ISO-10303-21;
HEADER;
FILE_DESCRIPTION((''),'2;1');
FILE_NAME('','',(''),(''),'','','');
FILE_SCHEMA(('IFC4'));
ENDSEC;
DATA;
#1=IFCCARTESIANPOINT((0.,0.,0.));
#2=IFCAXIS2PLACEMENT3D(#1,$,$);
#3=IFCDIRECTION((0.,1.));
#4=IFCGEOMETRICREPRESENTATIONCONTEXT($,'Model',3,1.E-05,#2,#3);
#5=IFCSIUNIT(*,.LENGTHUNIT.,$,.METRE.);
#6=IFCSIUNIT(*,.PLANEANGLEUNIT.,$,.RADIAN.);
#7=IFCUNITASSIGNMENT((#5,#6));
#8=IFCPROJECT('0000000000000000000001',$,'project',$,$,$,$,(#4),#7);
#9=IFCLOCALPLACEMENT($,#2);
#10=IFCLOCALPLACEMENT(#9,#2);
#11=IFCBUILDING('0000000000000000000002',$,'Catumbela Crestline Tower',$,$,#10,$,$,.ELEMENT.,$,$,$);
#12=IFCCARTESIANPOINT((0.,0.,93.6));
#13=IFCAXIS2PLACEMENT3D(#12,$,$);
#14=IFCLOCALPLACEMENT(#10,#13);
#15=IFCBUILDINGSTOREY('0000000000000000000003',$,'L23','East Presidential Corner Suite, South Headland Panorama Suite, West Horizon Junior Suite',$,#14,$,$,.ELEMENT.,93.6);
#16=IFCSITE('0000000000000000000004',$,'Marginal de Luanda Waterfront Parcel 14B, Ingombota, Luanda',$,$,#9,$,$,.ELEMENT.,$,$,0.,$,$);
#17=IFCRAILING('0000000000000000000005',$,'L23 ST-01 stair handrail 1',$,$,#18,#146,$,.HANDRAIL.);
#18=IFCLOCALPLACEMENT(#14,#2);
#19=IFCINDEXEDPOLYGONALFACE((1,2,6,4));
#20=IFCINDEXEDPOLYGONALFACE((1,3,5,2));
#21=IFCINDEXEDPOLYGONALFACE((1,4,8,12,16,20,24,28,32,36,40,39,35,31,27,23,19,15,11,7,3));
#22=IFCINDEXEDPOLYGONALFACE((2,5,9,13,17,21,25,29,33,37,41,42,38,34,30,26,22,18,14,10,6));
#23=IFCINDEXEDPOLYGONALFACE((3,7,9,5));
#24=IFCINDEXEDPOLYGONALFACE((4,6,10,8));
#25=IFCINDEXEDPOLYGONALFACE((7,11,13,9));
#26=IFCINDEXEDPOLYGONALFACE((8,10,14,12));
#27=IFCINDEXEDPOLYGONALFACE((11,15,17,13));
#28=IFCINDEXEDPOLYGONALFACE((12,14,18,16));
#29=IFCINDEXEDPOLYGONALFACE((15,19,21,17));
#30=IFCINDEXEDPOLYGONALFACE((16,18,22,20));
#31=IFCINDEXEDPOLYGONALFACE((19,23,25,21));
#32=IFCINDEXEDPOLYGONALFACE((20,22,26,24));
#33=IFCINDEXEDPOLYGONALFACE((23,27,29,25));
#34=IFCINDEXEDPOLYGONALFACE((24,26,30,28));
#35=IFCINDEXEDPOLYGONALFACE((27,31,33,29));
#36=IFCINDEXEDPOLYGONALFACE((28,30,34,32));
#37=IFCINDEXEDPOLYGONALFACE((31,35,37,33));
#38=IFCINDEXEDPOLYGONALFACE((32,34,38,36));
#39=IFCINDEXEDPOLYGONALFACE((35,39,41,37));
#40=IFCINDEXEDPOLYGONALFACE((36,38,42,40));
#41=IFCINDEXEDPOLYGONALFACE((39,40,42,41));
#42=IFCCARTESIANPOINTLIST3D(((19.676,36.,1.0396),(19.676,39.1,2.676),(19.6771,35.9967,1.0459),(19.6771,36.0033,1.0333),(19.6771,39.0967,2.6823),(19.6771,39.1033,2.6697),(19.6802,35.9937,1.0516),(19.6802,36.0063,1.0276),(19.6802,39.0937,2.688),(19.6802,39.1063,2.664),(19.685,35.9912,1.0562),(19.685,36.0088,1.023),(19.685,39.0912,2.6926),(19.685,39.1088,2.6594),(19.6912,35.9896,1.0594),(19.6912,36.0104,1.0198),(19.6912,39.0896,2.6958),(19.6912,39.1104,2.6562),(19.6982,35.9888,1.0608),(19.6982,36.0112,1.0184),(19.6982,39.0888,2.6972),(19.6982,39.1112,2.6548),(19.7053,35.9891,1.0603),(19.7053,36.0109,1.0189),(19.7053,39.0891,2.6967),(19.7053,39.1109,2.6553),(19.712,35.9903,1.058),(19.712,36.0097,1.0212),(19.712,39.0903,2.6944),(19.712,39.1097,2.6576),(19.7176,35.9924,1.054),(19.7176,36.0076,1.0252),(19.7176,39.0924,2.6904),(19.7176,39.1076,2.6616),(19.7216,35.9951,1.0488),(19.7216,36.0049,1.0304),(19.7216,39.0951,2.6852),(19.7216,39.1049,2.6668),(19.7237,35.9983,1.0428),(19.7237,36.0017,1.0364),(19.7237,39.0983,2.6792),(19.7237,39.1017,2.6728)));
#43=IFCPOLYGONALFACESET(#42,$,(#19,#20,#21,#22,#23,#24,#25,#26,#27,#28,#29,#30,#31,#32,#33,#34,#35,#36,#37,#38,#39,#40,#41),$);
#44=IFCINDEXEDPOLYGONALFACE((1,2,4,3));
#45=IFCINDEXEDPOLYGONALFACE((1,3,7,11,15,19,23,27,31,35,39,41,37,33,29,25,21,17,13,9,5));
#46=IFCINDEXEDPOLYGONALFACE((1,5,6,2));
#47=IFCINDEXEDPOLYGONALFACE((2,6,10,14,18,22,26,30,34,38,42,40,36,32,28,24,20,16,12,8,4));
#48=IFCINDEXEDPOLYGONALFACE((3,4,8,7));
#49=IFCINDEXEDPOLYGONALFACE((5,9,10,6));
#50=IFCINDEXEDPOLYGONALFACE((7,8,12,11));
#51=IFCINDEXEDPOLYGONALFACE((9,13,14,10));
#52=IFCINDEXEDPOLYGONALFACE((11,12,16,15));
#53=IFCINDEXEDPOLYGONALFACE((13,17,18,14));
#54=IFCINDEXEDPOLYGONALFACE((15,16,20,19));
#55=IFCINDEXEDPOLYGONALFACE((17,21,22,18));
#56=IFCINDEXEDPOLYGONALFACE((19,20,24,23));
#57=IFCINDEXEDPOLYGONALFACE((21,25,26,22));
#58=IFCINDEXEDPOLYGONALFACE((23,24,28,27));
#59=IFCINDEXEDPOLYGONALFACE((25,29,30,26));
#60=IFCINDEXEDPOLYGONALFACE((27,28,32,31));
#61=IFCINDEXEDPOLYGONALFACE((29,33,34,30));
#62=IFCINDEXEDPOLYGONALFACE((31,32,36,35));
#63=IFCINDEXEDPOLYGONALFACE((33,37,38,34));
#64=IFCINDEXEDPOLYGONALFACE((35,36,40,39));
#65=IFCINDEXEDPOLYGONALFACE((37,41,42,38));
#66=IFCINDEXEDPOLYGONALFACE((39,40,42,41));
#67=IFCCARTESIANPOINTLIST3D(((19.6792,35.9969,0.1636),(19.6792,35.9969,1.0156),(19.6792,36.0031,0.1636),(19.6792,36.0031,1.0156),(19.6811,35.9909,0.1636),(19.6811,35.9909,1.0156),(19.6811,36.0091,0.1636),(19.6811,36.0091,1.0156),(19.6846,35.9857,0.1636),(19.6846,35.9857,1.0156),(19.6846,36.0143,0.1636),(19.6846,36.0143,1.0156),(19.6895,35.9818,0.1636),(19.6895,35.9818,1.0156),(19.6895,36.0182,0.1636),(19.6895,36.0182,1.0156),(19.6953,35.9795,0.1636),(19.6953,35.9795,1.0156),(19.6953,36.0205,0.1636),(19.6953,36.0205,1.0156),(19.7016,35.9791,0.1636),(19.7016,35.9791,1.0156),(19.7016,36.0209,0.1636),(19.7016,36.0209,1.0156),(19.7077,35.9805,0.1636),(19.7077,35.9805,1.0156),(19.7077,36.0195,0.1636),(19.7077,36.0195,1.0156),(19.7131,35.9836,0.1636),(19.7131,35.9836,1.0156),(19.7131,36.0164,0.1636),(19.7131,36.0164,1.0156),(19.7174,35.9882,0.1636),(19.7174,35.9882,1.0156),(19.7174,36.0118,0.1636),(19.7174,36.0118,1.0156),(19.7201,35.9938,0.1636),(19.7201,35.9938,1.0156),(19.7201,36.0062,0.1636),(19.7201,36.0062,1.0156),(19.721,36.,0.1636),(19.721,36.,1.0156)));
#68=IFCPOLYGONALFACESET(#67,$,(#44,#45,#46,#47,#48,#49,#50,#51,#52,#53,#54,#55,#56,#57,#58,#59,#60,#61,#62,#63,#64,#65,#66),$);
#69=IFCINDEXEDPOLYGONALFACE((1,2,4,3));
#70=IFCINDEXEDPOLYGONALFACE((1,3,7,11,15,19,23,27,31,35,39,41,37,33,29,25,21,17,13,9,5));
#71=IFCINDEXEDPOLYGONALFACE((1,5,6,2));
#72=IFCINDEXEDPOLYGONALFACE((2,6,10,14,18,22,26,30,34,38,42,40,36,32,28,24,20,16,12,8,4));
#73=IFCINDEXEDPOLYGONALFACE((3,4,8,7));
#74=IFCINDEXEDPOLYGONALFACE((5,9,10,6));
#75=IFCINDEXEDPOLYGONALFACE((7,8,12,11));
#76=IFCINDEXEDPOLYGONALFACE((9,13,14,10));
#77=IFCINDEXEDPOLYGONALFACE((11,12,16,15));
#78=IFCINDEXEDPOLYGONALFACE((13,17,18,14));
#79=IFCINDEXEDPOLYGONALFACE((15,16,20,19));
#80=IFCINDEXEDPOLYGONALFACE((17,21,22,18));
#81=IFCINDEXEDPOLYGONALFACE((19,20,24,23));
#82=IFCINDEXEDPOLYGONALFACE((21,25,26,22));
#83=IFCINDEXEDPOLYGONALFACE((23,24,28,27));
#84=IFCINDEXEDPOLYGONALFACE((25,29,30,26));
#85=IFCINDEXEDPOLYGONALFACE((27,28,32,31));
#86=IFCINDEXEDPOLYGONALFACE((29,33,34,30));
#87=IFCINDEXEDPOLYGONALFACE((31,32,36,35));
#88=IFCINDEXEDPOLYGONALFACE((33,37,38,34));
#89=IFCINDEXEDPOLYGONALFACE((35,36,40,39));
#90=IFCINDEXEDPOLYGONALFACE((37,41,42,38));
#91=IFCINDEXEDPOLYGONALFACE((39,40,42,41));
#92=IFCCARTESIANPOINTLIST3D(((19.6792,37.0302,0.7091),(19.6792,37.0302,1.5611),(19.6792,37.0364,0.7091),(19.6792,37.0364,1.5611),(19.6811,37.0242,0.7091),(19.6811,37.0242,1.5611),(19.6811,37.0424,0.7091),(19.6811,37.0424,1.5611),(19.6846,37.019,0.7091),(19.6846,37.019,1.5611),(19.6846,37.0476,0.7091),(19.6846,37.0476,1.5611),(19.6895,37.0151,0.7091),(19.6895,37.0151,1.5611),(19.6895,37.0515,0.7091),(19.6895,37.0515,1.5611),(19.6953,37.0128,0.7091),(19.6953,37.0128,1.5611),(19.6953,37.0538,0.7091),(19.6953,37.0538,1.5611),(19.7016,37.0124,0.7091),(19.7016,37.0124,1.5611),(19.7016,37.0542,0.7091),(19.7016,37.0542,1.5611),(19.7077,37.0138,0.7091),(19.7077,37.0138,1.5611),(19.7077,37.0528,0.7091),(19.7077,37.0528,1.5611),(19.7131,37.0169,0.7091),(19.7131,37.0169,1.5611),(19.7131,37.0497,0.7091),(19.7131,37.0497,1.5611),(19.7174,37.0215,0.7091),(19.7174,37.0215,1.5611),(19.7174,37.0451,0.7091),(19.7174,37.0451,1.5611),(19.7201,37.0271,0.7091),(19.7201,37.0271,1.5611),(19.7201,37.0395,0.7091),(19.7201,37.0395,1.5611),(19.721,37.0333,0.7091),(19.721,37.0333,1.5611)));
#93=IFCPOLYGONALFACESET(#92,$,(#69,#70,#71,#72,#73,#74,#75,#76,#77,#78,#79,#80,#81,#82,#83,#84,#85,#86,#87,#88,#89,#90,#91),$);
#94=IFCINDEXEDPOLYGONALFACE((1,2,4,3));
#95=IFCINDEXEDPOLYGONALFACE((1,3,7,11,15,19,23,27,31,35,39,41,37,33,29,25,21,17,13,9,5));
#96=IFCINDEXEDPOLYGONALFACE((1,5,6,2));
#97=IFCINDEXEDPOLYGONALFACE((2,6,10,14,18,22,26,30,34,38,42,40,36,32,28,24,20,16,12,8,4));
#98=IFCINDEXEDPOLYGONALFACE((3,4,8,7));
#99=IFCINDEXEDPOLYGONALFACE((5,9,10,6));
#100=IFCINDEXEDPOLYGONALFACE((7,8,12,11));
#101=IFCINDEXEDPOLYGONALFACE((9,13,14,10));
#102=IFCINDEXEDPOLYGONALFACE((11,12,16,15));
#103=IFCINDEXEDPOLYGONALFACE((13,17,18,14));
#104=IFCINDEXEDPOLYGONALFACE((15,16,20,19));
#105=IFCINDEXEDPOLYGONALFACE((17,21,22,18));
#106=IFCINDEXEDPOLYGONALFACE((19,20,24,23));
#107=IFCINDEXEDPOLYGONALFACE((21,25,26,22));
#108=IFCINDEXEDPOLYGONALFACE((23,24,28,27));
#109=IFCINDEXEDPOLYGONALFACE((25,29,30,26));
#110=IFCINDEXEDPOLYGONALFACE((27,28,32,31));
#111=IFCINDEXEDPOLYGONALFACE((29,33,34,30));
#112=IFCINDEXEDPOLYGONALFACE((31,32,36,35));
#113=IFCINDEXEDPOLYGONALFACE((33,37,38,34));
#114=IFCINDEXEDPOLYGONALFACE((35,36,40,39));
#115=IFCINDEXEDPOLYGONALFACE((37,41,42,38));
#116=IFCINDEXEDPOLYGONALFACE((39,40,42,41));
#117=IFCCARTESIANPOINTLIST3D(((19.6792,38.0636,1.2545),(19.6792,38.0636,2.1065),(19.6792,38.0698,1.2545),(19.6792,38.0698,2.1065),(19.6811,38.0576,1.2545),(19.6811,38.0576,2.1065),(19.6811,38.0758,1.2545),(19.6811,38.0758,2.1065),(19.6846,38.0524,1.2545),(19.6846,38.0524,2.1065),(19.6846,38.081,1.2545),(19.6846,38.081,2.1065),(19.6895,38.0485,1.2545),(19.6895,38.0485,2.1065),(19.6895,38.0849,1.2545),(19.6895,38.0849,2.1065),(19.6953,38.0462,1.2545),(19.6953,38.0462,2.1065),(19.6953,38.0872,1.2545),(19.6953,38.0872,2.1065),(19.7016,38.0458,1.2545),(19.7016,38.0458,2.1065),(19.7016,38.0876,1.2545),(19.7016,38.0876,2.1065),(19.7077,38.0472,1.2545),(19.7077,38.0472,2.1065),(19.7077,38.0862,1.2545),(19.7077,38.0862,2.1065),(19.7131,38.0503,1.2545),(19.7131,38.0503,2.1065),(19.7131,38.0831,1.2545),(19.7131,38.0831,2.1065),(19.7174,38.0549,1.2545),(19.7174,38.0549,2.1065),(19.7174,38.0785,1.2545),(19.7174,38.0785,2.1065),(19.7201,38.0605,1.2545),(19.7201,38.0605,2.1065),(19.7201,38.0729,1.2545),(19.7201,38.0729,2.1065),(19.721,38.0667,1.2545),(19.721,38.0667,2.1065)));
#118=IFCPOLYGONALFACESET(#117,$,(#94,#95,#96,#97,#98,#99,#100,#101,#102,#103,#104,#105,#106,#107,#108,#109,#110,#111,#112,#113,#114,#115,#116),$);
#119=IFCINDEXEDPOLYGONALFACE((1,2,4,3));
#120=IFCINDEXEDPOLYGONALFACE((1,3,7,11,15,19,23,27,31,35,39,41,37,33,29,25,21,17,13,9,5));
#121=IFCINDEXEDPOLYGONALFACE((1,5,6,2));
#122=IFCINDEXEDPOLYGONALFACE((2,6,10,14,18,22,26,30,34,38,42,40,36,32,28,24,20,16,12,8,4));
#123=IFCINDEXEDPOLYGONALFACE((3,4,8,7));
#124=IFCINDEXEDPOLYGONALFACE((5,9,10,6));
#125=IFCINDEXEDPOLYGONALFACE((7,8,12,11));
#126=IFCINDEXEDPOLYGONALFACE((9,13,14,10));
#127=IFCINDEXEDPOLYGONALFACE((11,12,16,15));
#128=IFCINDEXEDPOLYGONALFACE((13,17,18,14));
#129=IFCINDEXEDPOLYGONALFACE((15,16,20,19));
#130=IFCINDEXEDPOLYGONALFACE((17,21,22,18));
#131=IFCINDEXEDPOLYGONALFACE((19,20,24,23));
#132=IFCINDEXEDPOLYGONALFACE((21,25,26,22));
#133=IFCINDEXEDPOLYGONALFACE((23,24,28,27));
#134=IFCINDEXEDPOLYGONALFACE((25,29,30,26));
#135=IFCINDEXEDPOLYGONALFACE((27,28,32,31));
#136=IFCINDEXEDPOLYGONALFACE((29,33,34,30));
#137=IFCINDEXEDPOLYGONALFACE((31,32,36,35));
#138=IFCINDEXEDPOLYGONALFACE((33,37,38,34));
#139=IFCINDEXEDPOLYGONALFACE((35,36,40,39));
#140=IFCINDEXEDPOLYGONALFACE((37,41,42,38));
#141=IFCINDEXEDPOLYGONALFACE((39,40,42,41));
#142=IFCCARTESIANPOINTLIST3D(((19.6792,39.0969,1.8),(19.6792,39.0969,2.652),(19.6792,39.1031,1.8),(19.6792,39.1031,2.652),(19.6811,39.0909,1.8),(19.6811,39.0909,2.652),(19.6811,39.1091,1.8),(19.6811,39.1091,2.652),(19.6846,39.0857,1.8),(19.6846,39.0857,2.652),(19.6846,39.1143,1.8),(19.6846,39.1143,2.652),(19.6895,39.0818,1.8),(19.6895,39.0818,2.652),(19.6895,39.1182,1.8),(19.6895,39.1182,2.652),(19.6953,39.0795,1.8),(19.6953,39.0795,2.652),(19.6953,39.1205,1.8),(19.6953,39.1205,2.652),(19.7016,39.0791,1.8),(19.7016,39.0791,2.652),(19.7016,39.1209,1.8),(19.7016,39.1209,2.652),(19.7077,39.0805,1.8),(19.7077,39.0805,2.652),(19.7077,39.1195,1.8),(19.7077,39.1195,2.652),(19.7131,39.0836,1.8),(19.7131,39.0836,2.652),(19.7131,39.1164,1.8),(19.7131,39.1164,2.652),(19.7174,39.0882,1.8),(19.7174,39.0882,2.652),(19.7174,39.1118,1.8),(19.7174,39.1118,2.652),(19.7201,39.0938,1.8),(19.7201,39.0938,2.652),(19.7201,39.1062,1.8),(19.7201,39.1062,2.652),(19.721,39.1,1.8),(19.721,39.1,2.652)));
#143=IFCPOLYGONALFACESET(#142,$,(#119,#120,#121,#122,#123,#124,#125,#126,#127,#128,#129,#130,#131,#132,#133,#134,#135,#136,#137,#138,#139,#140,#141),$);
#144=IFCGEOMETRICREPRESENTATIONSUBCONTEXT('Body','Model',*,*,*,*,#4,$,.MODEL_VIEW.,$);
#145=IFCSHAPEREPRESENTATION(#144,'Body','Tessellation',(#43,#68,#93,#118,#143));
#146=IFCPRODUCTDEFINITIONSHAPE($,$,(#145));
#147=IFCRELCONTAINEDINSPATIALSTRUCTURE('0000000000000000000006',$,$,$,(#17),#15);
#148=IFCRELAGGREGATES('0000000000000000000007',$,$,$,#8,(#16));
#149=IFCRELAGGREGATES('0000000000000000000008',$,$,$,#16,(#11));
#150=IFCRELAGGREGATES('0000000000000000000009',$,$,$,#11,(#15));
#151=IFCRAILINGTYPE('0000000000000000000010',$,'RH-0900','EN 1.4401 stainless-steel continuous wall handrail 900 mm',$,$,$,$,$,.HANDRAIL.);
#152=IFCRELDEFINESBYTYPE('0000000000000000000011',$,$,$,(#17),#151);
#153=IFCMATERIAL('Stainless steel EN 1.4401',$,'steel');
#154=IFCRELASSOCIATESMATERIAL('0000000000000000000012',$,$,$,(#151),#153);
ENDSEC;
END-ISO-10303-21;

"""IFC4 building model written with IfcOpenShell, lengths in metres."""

from ifc_helpers import new_model, si_unit, direction, frame, origin, origin_2d, place, context, subcontext, project, spatial, circle, extrude, material, type_object, element, save


model = new_model("IFC4")

# Units and contexts
model_context = context("Model", 3, precision=1e-05, world=origin(), true_north=direction((0.0, 1.0)))
body_context = subcontext(model_context, "Body", "Model", "MODEL_VIEW")
ifc_project = project(units=[si_unit("LENGTHUNIT", "METRE"), si_unit("PLANEANGLEUNIT", "RADIAN")], contexts=[model_context])

# Site, building, storey
site_placement = place(None, origin())
site = spatial("IfcSite", under=ifc_project, at=site_placement, Name="Marginal de Luanda Waterfront Parcel 14B, Ingombota, Luanda", CompositionType="ELEMENT", RefElevation=0.0)
building_placement = place(site_placement, origin())
building = spatial("IfcBuilding", under=site, at=building_placement, Name="Catumbela Crestline Tower", CompositionType="ELEMENT")
storey_placement = place(building_placement, frame((0.0, 0.0, 93.6)))
storey = spatial("IfcBuildingStorey", under=building, at=storey_placement, Name="L23", Description="East Presidential Corner Suite, South Headland Panorama Suite, West Horizon Junior Suite", CompositionType="ELEMENT", Elevation=93.6)

# Shared definitions
ifc_material_1 = material(Name="Stainless steel EN 1.4401", Category="steel")

# Railing
railing_type = type_object("IfcRailingType", Name="RH-0900", Description="EN 1.4401 stainless-steel continuous wall handrail 900 mm", PredefinedType="HANDRAIL", material=ifc_material_1)
railing_placement = place(storey_placement, frame((19.7, 36.0, 0.1636)))
element("IfcRailing", 1, at=railing_placement, inside=storey, type_object=railing_type, Name="L23 ST-01 stair handrail 1", PredefinedType="HANDRAIL", context=body_context, shape_type="SweptSolid", body=[
    extrude(circle(Radius=0.024, at=origin_2d()), frame((0.0, 0.0, 0.876), z_axis=(0.0, 0.884351, 0.466823), x_axis=(-1.0, 0.0, 0.0)), (0.0, 0.0, 1.0), 3.5054),
    extrude(circle(Radius=0.021, at=origin_2d()), origin(), (0.0, 0.0, 1.0), 0.852),
    extrude(circle(Radius=0.021, at=origin_2d()), frame((0.0, 1.0333, 0.5455)), (0.0, 0.0, 1.0), 0.852),
    extrude(circle(Radius=0.021, at=origin_2d()), frame((0.0, 2.0667, 1.0909)), (0.0, 0.0, 1.0), 0.852),
    extrude(circle(Radius=0.021, at=origin_2d()), frame((0.0, 3.1, 1.6364)), (0.0, 0.0, 1.0), 0.852),
])

save(model, "model.ifc")
